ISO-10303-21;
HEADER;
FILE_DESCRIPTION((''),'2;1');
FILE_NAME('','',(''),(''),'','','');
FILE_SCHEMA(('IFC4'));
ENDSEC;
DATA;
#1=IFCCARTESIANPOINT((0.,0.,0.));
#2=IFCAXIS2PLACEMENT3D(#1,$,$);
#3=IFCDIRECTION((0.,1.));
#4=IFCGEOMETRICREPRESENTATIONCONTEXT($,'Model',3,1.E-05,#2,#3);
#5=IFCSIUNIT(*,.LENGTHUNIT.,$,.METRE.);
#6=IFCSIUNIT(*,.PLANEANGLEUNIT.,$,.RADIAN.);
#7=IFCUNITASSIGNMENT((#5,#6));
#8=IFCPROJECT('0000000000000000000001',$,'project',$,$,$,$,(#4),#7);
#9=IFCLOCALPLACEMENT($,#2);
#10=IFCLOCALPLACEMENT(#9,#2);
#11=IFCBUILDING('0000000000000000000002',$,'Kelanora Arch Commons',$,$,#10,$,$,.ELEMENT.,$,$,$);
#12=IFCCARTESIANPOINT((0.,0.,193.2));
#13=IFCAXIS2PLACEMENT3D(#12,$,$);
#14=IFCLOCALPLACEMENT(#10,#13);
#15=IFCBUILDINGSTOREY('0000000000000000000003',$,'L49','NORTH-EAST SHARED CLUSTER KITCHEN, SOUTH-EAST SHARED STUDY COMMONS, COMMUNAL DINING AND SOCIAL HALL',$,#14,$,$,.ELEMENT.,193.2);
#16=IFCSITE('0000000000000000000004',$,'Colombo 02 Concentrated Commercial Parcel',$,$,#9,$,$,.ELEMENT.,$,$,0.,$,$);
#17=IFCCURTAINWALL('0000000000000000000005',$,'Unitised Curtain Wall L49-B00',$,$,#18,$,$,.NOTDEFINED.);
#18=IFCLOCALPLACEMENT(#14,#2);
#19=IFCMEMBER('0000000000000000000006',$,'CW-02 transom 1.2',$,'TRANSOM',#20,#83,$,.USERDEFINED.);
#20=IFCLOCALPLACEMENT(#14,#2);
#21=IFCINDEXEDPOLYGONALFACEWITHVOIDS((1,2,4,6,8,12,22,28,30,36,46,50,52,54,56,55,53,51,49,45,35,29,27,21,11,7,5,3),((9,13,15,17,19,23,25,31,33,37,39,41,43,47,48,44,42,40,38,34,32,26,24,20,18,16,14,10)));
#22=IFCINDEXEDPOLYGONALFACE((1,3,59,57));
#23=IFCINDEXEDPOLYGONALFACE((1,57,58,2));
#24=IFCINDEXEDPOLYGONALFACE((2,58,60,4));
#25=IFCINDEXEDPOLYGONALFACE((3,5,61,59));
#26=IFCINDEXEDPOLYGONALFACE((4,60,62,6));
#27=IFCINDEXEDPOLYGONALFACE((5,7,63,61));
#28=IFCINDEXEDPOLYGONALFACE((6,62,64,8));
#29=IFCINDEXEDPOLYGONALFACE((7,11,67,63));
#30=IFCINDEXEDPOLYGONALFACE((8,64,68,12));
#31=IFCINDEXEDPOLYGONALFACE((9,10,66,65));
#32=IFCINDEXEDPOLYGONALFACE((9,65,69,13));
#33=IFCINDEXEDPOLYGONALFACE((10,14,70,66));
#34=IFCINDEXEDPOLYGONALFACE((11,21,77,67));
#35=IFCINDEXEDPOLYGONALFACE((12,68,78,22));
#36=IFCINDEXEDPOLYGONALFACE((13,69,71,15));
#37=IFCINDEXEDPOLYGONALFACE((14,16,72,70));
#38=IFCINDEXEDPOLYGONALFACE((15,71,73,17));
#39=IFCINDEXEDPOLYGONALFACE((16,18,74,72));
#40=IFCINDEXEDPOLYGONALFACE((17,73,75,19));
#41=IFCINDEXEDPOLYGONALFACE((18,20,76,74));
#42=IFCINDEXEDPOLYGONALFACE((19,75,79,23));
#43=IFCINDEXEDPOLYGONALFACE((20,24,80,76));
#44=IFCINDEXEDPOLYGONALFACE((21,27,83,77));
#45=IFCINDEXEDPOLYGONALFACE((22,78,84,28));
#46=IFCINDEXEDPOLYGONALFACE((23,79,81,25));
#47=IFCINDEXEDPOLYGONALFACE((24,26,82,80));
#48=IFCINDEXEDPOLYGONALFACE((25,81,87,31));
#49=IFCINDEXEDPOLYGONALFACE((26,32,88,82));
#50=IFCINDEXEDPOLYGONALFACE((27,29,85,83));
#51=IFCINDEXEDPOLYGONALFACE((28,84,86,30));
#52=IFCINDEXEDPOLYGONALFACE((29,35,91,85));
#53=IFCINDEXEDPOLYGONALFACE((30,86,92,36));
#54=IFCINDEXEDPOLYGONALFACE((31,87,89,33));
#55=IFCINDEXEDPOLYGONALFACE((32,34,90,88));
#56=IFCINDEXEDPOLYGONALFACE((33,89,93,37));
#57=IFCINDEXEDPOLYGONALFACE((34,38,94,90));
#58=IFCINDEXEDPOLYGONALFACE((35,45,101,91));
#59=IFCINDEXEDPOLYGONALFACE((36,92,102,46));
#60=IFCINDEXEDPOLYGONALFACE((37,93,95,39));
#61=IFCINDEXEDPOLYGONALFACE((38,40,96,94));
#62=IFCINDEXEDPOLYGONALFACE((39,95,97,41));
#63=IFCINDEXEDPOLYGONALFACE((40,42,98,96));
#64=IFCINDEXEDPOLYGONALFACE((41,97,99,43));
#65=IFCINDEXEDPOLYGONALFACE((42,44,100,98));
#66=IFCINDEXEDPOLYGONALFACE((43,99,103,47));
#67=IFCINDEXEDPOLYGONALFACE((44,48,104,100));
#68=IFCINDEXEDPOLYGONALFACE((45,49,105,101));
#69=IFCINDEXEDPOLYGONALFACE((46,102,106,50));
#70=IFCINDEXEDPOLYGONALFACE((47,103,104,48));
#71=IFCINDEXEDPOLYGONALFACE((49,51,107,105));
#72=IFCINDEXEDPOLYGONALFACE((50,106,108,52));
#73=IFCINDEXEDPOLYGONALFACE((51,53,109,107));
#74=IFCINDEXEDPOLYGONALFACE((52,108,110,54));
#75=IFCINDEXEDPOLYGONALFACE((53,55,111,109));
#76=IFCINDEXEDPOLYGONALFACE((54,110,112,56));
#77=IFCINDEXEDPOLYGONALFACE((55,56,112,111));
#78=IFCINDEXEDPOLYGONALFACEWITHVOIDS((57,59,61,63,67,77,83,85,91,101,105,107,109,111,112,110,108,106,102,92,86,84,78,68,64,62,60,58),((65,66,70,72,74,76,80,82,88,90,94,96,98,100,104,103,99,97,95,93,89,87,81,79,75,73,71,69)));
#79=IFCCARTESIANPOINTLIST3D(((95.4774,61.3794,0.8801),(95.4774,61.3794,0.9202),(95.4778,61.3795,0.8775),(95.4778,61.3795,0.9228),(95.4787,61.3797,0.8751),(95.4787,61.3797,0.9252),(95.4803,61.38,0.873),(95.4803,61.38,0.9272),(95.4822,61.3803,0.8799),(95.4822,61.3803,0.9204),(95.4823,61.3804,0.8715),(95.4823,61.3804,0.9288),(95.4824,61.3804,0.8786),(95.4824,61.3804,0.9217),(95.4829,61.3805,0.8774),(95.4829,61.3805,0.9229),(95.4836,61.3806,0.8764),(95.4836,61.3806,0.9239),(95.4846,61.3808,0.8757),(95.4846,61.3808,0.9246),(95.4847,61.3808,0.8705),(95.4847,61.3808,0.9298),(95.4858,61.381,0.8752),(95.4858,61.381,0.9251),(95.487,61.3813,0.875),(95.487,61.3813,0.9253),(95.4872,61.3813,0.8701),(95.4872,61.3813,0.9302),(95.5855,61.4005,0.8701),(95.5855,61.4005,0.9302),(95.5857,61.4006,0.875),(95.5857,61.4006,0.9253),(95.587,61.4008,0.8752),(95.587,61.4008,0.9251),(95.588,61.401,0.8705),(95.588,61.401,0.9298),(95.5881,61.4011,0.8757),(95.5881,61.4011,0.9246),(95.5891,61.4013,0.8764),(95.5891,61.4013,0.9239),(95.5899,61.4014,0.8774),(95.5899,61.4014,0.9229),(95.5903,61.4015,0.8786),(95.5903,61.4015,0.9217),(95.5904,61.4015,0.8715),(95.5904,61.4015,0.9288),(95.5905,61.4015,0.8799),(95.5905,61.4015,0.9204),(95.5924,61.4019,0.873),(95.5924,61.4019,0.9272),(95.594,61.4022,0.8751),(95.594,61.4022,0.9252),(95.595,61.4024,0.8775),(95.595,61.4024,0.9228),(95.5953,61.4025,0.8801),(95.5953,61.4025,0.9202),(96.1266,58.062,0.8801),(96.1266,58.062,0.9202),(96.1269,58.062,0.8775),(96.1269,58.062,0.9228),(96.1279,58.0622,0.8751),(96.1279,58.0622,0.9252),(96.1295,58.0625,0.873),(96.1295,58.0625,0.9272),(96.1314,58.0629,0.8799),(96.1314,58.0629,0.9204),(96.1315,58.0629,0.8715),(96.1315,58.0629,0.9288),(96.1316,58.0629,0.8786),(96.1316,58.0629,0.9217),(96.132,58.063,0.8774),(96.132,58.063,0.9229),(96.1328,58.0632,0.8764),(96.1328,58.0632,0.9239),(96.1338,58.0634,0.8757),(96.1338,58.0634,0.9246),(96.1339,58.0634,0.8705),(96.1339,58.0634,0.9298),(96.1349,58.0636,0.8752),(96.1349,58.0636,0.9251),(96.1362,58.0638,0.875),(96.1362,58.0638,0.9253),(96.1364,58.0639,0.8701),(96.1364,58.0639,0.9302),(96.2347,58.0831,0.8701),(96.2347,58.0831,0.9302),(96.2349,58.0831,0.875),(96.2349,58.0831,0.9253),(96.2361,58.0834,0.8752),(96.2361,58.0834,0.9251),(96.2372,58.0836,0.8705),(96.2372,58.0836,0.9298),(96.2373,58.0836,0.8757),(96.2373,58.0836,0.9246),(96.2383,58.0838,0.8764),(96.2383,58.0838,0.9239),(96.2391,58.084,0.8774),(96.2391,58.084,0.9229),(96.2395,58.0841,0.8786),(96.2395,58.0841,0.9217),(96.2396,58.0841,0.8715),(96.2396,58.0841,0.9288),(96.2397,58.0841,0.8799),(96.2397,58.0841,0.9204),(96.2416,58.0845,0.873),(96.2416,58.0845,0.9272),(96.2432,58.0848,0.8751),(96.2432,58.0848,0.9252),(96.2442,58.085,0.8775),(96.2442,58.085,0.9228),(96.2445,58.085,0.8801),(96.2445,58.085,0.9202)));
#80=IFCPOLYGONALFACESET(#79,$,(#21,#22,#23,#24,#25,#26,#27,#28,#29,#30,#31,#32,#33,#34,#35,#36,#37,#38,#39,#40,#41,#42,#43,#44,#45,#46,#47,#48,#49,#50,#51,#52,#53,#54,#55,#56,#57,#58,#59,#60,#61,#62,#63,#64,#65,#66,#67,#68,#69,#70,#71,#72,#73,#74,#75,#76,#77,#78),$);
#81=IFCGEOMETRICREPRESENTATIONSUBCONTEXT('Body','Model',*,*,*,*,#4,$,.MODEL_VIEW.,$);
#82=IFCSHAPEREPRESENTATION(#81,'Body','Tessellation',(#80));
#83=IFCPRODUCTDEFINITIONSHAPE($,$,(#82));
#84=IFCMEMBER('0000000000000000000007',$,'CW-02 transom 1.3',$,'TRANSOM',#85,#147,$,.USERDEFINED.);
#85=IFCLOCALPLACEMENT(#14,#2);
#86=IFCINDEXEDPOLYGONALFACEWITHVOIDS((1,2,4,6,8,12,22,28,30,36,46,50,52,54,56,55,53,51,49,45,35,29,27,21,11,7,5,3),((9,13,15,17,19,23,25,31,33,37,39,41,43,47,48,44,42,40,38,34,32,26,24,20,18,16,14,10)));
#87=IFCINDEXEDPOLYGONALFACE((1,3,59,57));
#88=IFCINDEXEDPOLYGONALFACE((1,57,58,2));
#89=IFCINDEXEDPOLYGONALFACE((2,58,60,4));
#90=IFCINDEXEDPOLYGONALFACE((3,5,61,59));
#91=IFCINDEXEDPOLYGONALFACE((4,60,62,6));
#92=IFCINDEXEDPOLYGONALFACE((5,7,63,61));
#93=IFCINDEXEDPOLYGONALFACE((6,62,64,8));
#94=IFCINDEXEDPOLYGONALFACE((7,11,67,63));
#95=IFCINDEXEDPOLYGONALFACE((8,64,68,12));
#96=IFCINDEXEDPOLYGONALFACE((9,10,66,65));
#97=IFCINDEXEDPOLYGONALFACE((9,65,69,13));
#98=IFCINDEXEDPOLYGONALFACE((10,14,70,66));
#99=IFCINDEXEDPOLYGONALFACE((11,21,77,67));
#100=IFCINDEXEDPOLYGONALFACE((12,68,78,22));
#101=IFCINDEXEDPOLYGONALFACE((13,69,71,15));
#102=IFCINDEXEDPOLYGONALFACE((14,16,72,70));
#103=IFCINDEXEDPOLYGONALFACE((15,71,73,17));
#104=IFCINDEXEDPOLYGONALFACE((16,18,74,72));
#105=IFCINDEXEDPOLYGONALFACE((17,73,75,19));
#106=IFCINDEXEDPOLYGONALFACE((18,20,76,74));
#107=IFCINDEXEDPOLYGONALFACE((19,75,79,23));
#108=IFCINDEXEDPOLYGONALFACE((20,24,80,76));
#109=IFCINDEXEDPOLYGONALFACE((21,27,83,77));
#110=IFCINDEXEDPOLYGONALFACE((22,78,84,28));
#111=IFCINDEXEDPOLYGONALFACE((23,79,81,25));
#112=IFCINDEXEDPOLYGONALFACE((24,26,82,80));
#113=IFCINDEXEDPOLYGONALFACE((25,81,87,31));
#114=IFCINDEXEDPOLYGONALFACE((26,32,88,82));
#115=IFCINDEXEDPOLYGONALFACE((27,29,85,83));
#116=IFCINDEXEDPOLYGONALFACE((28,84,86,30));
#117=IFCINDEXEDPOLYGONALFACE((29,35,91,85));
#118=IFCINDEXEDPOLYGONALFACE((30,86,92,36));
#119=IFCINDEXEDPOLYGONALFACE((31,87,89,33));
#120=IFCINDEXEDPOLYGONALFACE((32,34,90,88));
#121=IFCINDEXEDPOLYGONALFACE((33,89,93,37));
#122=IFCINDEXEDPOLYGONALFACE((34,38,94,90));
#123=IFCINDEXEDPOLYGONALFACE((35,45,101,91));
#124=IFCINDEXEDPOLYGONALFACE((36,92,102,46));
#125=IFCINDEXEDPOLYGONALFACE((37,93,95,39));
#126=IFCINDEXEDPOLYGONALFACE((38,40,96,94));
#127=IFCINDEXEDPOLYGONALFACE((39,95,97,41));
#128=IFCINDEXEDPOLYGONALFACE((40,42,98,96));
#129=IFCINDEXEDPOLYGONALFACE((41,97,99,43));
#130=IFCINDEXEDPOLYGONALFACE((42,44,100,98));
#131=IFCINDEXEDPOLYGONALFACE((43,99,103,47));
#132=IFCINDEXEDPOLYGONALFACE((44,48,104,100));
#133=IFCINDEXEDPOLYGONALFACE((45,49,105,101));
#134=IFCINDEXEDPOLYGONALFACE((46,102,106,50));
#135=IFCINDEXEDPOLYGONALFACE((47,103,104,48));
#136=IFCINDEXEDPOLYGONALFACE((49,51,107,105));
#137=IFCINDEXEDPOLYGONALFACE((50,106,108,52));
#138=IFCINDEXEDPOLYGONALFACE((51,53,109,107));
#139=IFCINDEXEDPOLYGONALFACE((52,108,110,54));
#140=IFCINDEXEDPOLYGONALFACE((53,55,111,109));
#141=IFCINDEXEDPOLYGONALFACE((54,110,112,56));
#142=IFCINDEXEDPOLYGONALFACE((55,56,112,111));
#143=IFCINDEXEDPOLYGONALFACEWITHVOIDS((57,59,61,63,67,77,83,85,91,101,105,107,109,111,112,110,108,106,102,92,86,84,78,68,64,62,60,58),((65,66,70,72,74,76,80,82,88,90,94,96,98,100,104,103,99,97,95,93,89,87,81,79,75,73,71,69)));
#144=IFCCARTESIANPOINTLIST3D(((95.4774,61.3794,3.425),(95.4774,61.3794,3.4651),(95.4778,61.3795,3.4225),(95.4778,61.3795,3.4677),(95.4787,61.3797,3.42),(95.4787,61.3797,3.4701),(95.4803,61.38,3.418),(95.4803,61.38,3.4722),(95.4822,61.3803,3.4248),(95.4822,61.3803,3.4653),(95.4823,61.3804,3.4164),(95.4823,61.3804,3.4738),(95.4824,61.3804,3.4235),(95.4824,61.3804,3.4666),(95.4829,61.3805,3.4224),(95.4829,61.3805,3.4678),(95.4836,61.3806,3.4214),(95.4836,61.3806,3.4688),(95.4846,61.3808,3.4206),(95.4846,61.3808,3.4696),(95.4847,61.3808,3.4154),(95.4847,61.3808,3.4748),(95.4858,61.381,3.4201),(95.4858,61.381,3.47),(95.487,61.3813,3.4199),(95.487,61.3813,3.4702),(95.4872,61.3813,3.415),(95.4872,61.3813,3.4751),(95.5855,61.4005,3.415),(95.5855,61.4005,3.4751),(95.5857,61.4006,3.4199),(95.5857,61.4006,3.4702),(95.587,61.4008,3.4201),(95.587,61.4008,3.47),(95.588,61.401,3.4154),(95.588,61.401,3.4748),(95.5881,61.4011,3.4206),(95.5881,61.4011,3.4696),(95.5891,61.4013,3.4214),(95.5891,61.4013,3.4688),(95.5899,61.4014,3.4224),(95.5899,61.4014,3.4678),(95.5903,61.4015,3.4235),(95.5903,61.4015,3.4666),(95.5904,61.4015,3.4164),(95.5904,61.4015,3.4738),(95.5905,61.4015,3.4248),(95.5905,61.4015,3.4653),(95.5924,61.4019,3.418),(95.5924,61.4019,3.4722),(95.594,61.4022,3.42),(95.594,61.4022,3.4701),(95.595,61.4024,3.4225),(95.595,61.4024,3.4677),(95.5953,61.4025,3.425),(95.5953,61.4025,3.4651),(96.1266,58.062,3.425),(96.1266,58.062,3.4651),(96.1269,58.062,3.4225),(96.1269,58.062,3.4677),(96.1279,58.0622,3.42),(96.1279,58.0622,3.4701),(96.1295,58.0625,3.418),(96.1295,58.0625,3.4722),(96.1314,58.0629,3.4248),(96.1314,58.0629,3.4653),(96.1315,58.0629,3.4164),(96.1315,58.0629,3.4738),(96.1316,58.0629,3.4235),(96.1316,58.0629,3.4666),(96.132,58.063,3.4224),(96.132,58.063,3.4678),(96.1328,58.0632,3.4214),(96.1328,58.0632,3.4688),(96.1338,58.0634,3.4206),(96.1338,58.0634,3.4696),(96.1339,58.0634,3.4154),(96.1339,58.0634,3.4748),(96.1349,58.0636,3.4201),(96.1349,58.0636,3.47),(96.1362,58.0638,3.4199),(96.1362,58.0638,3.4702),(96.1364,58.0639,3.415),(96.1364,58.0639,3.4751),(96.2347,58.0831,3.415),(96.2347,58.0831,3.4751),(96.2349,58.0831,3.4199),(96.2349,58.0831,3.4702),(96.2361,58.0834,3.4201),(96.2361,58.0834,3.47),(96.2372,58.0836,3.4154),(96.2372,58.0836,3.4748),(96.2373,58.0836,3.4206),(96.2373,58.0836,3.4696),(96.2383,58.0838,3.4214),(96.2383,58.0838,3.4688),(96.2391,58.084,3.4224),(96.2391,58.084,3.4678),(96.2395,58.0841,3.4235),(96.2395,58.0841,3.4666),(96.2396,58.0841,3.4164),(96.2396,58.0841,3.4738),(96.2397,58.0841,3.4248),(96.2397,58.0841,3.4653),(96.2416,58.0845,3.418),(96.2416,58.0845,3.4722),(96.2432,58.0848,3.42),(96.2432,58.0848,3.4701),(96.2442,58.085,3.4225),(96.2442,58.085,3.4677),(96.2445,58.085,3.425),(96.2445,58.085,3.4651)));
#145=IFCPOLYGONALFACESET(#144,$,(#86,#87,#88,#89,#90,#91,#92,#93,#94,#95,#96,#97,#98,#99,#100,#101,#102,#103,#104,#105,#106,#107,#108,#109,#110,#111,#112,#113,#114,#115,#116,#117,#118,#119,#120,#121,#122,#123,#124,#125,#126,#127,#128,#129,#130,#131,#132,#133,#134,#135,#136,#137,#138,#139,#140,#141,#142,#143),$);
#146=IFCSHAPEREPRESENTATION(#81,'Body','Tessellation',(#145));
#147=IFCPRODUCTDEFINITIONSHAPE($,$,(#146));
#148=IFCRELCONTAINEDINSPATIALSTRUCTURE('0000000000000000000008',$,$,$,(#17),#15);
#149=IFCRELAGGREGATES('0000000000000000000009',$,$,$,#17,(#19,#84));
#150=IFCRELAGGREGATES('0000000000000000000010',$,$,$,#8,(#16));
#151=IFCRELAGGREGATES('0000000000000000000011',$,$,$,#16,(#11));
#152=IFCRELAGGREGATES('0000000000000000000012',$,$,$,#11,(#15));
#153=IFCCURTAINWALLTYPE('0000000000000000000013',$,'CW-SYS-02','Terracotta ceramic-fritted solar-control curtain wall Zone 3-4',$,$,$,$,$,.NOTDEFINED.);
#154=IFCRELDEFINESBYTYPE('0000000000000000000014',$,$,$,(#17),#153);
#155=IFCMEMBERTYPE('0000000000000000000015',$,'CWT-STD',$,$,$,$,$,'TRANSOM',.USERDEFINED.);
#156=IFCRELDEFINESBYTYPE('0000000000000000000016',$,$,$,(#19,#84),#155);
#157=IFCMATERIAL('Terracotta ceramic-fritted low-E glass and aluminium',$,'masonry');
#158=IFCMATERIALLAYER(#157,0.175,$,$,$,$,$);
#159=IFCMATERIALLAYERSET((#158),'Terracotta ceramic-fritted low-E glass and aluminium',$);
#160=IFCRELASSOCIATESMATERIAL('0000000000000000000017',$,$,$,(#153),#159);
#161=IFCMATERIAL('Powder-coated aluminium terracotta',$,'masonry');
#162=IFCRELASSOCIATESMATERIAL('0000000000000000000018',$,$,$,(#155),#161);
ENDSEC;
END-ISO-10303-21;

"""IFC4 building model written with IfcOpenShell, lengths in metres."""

from ifc_helpers import new_model, si_unit, direction, frame, origin, origin_2d, place, context, subcontext, project, spatial, hollow_rectangle, extrude, material, layer, layer_set, material_profile, profile_set, type_object, element, aggregate, save


model = new_model("IFC4")

# Units and contexts
model_context = context("Model", 3, precision=1e-05, world=origin(), true_north=direction((0.0, 1.0)))
body_context = subcontext(model_context, "Body", "Model", "MODEL_VIEW")
ifc_project = project(units=[si_unit("LENGTHUNIT", "METRE"), si_unit("PLANEANGLEUNIT", "RADIAN")], contexts=[model_context])

# Site, building, storey
site_placement = place(None, origin())
site = spatial("IfcSite", under=ifc_project, at=site_placement, Name="Colombo 02 Concentrated Commercial Parcel", CompositionType="ELEMENT", RefElevation=0.0)
building_placement = place(site_placement, origin())
building = spatial("IfcBuilding", under=site, at=building_placement, Name="Kelanora Arch Commons", CompositionType="ELEMENT")
storey_placement = place(building_placement, frame((0.0, 0.0, 193.2)))
storey = spatial("IfcBuildingStorey", under=building, at=storey_placement, Name="L49", Description="NORTH-EAST SHARED CLUSTER KITCHEN, SOUTH-EAST SHARED STUDY COMMONS, COMMUNAL DINING AND SOCIAL HALL", CompositionType="ELEMENT", Elevation=193.2)

# Curtain wall, members
ifc_material_1 = material(Name="Terracotta ceramic-fritted low-E glass and aluminium", Category="masonry")
ifc_layer_1 = layer(ifc_material_1, 0.175)
ifc_layer_set_1 = layer_set([ifc_layer_1], Name="Terracotta ceramic-fritted low-E glass and aluminium")
curtain_wall_type = type_object("IfcCurtainWallType", Name="CW-SYS-02", Description="Terracotta ceramic-fritted solar-control curtain wall Zone 3-4", PredefinedType="NOTDEFINED", material=ifc_layer_set_1)
curtain_wall_placement = place(storey_placement, origin())
curtain_wall = element("IfcCurtainWall", 1, at=curtain_wall_placement, inside=storey, type_object=curtain_wall_type, Name="Unitised Curtain Wall L49-B00", PredefinedType="NOTDEFINED")
ifc_material_2 = material(Name="Powder-coated aluminium terracotta", Category="masonry")
ifc_material_profile_1 = material_profile(ifc_material_2, hollow_rectangle(XDim=0.1201, YDim=0.0601, WallThickness=0.0049, InnerFilletRadius=0.0049, OuterFilletRadius=0.01, at=origin_2d()), Name="CWT120x60")
ifc_profile_set_1 = profile_set([ifc_material_profile_1], Name="Powder-coated aluminium terracotta")
member_type_1 = type_object("IfcMemberType", Name="CWT-STD", ElementType="TRANSOM", PredefinedType="USERDEFINED", material=ifc_profile_set_1)
member_1_placement = place(storey_placement, frame((96.1855, 58.0735, 0.9001), z_axis=(-0.192045, 0.981386, 0.0), x_axis=(-0.981386, -0.192045, 0.0)))
member_1 = element("IfcMember", 2, at=member_1_placement, type_object=member_type_1, Name="CW-02 transom 1.2", ObjectType="TRANSOM", PredefinedType="USERDEFINED", context=body_context, shape_type="SweptSolid", body=[
    extrude(hollow_rectangle(XDim=0.1201, YDim=0.0601, WallThickness=0.0049, InnerFilletRadius=0.0049, OuterFilletRadius=0.01, at=origin_2d()), origin(), (0.0, 0.0, 1.0), 3.3804),
])
member_2_placement = place(storey_placement, frame((96.1855, 58.0735, 3.4451), z_axis=(-0.192045, 0.981386, 0.0), x_axis=(-0.981386, -0.192045, 0.0)))
member_2 = element("IfcMember", 3, at=member_2_placement, type_object=member_type_1, Name="CW-02 transom 1.3", ObjectType="TRANSOM", PredefinedType="USERDEFINED", context=body_context, shape_type="SweptSolid", body=[
    extrude(hollow_rectangle(XDim=0.1201, YDim=0.0601, WallThickness=0.0049, InnerFilletRadius=0.0049, OuterFilletRadius=0.01, at=origin_2d()), origin(), (0.0, 0.0, 1.0), 3.3804),
])
aggregate(curtain_wall, [member_1, member_2])

save(model, "model.ifc")
